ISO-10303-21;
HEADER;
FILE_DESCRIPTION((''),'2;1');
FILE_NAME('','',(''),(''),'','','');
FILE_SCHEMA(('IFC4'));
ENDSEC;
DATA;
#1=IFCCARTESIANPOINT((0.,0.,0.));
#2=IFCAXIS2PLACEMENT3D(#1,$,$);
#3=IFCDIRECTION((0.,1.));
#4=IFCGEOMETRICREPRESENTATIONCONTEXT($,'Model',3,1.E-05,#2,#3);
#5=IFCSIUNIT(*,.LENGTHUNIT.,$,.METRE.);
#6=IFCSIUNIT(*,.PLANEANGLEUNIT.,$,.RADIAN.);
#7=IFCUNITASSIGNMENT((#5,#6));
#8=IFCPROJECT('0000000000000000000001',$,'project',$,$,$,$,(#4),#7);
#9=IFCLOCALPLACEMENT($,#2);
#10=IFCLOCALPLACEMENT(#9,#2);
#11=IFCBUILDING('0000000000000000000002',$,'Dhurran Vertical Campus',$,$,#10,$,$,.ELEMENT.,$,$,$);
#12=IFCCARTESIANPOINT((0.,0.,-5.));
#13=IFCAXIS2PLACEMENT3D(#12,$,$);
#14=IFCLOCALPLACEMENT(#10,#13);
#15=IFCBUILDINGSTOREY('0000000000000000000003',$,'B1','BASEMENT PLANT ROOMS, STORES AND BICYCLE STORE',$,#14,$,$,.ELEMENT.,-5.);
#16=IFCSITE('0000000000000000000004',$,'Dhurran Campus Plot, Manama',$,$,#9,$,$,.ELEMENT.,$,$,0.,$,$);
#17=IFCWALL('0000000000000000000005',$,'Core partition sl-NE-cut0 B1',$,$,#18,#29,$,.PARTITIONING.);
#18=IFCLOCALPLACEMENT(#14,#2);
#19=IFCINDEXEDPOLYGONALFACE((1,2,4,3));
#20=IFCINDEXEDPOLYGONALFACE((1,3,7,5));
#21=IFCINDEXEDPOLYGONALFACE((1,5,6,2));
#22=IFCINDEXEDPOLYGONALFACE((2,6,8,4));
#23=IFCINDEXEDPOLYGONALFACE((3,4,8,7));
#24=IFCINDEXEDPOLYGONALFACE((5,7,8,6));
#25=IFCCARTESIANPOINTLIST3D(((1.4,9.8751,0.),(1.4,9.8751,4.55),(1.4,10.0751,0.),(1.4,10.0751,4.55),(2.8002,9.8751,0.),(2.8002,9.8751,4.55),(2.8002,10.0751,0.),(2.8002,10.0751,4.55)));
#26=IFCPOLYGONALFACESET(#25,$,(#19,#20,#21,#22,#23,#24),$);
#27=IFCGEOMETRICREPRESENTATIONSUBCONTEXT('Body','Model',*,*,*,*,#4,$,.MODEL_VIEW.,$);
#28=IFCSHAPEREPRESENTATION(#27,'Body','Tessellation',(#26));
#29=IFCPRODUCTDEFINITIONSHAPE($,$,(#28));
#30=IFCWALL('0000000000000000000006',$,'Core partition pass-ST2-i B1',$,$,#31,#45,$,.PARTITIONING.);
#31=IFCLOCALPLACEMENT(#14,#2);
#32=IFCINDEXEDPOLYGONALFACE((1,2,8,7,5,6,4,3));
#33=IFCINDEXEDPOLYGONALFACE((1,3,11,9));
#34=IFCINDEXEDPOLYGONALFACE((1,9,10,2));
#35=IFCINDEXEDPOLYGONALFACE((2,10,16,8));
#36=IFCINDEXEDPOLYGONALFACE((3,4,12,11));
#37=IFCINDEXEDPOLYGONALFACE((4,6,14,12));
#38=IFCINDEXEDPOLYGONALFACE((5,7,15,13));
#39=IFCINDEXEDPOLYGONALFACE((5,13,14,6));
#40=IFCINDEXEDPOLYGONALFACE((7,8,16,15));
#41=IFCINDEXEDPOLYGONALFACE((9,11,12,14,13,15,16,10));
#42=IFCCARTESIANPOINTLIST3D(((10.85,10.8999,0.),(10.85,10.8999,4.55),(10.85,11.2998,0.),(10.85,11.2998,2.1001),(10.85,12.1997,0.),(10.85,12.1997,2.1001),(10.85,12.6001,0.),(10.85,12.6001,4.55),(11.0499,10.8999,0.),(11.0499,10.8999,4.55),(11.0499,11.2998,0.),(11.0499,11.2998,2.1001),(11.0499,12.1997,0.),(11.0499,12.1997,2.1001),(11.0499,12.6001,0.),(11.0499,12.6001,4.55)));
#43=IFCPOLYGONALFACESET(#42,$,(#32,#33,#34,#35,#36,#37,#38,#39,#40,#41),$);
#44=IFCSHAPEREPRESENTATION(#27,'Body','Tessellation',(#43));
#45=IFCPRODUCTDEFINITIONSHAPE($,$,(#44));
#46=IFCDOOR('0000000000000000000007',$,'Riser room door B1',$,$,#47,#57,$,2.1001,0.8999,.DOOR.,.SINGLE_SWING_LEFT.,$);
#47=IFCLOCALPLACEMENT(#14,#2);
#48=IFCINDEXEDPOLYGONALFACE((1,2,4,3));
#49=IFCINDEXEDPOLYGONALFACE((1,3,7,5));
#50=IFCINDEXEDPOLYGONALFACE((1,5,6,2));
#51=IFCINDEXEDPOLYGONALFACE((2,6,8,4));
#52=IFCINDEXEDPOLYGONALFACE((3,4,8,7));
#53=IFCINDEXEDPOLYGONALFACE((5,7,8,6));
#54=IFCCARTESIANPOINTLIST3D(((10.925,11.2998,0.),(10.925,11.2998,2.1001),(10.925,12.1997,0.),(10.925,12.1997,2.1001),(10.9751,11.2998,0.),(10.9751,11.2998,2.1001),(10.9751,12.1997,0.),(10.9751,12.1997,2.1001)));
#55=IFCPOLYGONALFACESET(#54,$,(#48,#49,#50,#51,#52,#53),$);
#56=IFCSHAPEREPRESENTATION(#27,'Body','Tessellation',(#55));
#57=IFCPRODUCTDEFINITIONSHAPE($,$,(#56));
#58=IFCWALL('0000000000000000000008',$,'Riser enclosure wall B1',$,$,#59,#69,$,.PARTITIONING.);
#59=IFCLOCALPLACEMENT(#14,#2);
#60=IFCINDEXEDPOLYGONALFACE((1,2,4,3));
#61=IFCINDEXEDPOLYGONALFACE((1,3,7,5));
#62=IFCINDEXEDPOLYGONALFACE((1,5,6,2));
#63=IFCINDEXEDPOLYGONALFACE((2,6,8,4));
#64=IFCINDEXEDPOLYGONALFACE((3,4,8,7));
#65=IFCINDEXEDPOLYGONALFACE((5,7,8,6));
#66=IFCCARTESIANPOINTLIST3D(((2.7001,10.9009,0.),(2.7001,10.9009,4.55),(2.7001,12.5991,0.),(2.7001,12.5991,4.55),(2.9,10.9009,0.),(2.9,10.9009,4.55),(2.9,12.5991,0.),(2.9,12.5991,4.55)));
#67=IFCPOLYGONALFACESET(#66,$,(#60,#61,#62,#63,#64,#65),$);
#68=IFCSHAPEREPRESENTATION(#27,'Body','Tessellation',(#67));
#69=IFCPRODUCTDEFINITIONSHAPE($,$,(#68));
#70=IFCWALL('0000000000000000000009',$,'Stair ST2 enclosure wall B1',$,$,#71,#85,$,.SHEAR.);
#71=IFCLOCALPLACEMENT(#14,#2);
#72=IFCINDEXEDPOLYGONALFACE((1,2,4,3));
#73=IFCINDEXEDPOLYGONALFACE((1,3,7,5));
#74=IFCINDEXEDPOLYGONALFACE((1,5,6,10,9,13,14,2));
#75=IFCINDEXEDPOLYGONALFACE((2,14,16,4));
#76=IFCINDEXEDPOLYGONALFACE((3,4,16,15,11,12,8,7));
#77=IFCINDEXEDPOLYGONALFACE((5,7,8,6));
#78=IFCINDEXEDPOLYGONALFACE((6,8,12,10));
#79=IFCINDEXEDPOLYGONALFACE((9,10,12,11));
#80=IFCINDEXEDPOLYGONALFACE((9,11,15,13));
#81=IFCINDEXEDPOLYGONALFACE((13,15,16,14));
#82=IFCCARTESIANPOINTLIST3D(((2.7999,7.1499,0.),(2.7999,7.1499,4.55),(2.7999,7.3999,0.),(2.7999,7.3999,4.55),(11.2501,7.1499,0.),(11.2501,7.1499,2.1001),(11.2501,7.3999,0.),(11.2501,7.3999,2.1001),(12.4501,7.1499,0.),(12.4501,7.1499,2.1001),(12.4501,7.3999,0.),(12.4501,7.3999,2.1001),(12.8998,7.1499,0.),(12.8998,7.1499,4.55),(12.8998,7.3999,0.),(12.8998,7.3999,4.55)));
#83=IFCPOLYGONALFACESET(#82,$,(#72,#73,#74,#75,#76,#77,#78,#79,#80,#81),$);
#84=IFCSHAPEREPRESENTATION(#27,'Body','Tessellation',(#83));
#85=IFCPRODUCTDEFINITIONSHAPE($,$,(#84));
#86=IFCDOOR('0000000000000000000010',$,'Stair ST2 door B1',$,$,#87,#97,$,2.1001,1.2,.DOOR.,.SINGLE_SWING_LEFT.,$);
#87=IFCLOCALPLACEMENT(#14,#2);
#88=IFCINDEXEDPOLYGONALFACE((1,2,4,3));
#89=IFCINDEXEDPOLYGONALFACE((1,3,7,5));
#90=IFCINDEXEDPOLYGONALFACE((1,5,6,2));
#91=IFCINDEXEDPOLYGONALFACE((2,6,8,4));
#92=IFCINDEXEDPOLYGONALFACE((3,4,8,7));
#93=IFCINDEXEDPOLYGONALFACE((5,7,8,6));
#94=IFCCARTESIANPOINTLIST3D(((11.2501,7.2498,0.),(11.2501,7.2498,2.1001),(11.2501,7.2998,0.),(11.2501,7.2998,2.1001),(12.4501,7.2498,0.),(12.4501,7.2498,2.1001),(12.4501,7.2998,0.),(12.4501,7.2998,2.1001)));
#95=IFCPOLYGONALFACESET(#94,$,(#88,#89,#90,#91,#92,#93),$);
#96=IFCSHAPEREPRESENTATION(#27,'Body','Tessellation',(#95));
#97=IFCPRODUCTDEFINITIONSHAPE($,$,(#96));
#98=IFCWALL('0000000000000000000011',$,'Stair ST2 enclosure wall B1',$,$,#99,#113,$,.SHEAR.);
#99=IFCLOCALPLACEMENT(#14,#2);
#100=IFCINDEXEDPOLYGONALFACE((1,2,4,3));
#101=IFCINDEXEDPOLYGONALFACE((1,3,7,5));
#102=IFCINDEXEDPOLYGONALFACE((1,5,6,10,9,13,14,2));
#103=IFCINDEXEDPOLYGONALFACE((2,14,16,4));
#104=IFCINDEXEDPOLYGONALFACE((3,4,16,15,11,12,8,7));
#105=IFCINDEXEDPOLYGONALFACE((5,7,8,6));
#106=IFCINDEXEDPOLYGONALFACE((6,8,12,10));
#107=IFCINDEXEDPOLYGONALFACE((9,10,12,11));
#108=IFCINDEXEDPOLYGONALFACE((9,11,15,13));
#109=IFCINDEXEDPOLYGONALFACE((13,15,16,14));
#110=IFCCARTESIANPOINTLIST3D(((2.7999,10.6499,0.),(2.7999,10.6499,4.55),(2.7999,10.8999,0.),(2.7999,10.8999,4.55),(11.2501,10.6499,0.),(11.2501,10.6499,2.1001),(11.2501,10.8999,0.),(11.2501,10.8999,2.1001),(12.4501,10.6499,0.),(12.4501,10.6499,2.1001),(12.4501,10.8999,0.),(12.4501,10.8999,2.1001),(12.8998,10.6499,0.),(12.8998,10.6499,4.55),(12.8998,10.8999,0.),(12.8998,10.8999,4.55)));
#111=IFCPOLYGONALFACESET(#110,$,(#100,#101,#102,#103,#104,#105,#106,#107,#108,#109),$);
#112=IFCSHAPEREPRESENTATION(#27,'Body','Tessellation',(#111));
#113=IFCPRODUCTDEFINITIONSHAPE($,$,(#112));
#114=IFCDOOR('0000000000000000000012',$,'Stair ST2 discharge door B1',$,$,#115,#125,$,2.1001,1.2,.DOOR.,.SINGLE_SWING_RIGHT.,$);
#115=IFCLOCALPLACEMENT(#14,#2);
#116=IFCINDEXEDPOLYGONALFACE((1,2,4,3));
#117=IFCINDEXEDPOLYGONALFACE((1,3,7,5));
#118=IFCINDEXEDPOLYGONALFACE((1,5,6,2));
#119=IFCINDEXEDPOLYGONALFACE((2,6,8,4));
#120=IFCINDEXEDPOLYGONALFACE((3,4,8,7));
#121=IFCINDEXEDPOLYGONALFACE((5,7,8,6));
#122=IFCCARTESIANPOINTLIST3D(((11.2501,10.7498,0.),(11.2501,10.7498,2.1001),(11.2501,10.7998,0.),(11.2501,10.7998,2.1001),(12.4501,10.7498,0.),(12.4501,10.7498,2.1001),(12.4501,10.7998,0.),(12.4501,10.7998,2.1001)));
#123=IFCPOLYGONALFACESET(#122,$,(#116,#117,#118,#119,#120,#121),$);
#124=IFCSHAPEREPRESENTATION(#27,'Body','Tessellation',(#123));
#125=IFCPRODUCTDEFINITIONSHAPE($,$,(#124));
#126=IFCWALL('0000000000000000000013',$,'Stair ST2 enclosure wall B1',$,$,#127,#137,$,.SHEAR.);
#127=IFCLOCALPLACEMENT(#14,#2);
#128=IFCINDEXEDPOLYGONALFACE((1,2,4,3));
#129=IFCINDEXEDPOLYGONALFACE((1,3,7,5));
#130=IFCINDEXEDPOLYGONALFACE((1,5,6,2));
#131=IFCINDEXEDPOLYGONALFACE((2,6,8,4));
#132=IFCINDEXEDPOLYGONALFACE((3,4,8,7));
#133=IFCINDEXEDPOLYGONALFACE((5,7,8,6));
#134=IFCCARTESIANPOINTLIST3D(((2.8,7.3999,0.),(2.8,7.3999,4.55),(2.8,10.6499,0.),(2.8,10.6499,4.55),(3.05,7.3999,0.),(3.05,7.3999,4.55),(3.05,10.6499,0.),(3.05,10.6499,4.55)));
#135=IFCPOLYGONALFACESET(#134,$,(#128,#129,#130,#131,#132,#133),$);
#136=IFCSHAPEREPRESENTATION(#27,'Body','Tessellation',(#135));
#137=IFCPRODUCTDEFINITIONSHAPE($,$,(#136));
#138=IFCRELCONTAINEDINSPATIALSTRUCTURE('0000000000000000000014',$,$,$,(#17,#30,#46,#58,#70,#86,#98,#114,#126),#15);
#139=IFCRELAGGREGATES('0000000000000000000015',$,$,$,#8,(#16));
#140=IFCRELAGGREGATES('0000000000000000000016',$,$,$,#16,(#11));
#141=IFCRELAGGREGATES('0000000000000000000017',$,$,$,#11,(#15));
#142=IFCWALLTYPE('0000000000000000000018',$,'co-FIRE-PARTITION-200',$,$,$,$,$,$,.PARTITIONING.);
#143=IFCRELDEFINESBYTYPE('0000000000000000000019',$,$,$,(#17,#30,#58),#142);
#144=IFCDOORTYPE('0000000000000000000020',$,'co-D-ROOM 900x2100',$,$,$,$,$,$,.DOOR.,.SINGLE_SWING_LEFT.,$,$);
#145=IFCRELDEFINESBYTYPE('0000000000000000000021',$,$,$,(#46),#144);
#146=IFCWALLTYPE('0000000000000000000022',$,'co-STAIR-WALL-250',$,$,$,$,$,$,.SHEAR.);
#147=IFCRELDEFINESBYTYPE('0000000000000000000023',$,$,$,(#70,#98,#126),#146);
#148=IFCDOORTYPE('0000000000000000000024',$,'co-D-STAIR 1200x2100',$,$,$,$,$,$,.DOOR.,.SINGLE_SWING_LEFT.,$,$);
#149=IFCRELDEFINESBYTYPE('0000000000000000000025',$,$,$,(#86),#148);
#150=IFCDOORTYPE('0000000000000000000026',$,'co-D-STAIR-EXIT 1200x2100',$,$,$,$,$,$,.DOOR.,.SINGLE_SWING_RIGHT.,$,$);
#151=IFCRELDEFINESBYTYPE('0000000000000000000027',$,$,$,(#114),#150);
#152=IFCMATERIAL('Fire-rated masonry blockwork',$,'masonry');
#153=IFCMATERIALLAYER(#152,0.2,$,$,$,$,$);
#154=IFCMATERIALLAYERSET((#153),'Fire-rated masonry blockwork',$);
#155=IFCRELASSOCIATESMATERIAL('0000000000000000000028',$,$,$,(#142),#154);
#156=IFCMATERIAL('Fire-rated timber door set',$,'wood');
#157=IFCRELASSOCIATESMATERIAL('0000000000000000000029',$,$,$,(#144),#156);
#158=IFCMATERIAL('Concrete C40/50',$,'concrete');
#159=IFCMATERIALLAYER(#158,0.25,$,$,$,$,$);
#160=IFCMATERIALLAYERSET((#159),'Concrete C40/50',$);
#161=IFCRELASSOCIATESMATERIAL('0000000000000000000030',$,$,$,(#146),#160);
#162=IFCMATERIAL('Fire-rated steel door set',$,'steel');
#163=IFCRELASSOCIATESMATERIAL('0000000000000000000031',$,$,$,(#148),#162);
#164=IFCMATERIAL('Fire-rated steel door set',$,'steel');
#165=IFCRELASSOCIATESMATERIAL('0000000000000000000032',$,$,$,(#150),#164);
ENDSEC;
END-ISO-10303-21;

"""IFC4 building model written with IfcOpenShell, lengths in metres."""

from ifc_helpers import new_model, si_unit, direction, frame, frame_2d, origin, place, context, subcontext, project, spatial, rectangle, extrude, material, layer, layer_set, type_object, element, fill, save


model = new_model("IFC4")

# Units and contexts
model_context = context("Model", 3, precision=1e-05, world=origin(), true_north=direction((0.0, 1.0)))
body_context = subcontext(model_context, "Body", "Model", "MODEL_VIEW")
ifc_project = project(units=[si_unit("LENGTHUNIT", "METRE"), si_unit("PLANEANGLEUNIT", "RADIAN")], contexts=[model_context])

# Site, building, storey
site_placement = place(None, origin())
site = spatial("IfcSite", under=ifc_project, at=site_placement, Name="Dhurran Campus Plot, Manama", CompositionType="ELEMENT", RefElevation=0.0)
building_placement = place(site_placement, origin())
building = spatial("IfcBuilding", under=site, at=building_placement, Name="Dhurran Vertical Campus", CompositionType="ELEMENT")
storey_placement = place(building_placement, frame((0.0, 0.0, -5.0)))
storey = spatial("IfcBuildingStorey", under=building, at=storey_placement, Name="B1", Description="BASEMENT PLANT ROOMS, STORES AND BICYCLE STORE", CompositionType="ELEMENT", Elevation=-5.0)

# Wall
ifc_material_1 = material(Name="Fire-rated masonry blockwork", Category="masonry")
ifc_layer_1 = layer(ifc_material_1, 0.2)
ifc_layer_set_1 = layer_set([ifc_layer_1], Name="Fire-rated masonry blockwork")
wall_type_1 = type_object("IfcWallType", Name="co-FIRE-PARTITION-200", PredefinedType="PARTITIONING", material=ifc_layer_set_1)
for number, where, z_axis, x_axis, name in (
    (1, (1.3999, 9.9751, 0.0), (0.0, 0.0, 1.0), (1.0, 0.0, 0.0), "Core partition sl-NE-cut0 B1"),
):
    element("IfcWall", number, at=place(storey_placement, frame(where, z_axis=z_axis, x_axis=x_axis)), inside=storey, type_object=wall_type_1, Name=name, PredefinedType="PARTITIONING", context=body_context, shape_type="SweptSolid", body=[
        extrude(rectangle(XDim=1.4001, YDim=0.2, at=frame_2d((0.7002, 0.0))), origin(), (0.0, 0.0, 1.0), 4.55),
    ])

# Wall, opening, door
wall_1_placement = place(storey_placement, frame((10.95, 10.8999, 0.0), z_axis=(0.0, 0.0, 1.0), x_axis=(0.0, 1.0, 0.0)))
wall_1 = element("IfcWall", 2, at=wall_1_placement, inside=storey, type_object=wall_type_1, Name="Core partition pass-ST2-i B1", PredefinedType="PARTITIONING", context=body_context, shape_type="SweptSolid", body=[
    extrude(rectangle(XDim=1.7002, YDim=0.2, at=frame_2d((0.8501, 0.0))), origin(), (0.0, 0.0, 1.0), 4.55),
])
opening_1_placement = place(wall_1_placement, frame((0.3999, 0.0, 0.0)))
opening_1 = element("IfcOpeningElement", 3, at=opening_1_placement, cuts=wall_1, PredefinedType="OPENING", context=body_context, shape_type="SweptSolid", body=[
    extrude(rectangle(XDim=0.8999, YDim=2.1001, at=frame_2d((0.45, 1.05))), frame((0.0, 0.1099, 0.0), z_axis=(0.0, -1.0, 0.0), x_axis=(1.0, 0.0, 0.0)), (0.0, 0.0, 1.0), 0.22),
])
ifc_material_2 = material(Name="Fire-rated timber door set", Category="wood")
door_type_1 = type_object("IfcDoorType", Name="co-D-ROOM 900x2100", OperationType="SINGLE_SWING_LEFT", PredefinedType="DOOR", material=ifc_material_2)
door_1_placement = place(opening_1_placement, origin())
door_1 = element("IfcDoor", 4, at=door_1_placement, inside=storey, type_object=door_type_1, Name="Riser room door B1", OperationType="SINGLE_SWING_LEFT", OverallHeight=2.1001, OverallWidth=0.8999, PredefinedType="DOOR", context=body_context, shape_type="SweptSolid", body=[
    extrude(rectangle(XDim=0.8999, YDim=2.1001, at=frame_2d((0.45, 1.05))), frame((0.0, 0.0249, 0.0), z_axis=(0.0, -1.0, 0.0), x_axis=(1.0, 0.0, 0.0)), (0.0, 0.0, 1.0), 0.05),
])
fill(opening_1, door_1)

# Wall
wall_2_placement = place(storey_placement, frame((2.8, 10.9009, 0.0), z_axis=(0.0, 0.0, 1.0), x_axis=(0.0, 1.0, 0.0)))
element("IfcWall", 5, at=wall_2_placement, inside=storey, type_object=wall_type_1, Name="Riser enclosure wall B1", PredefinedType="PARTITIONING", context=body_context, shape_type="SweptSolid", body=[
    extrude(rectangle(XDim=1.6982, YDim=0.2, at=frame_2d((0.8491, 0.0))), origin(), (0.0, 0.0, 1.0), 4.55),
])

# Walls, openings, doors
ifc_material_3 = material(Name="Concrete C40/50", Category="concrete")
ifc_layer_2 = layer(ifc_material_3, 0.25)
ifc_layer_set_2 = layer_set([ifc_layer_2], Name="Concrete C40/50")
wall_type_2 = type_object("IfcWallType", Name="co-STAIR-WALL-250", PredefinedType="SHEAR", material=ifc_layer_set_2)
wall_3_placement = place(storey_placement, frame((2.8, 7.2749, 0.0), z_axis=(0.0, 0.0, 1.0), x_axis=(1.0, 0.0, 0.0)))
wall_3 = element("IfcWall", 6, at=wall_3_placement, inside=storey, type_object=wall_type_2, Name="Stair ST2 enclosure wall B1", PredefinedType="SHEAR", context=body_context, shape_type="SweptSolid", body=[
    extrude(rectangle(XDim=10.0999, YDim=0.25, at=frame_2d((5.0498, 0.0))), origin(), (0.0, 0.0, 1.0), 4.55),
])
opening_2_placement = place(wall_3_placement, frame((8.45, 0.0, 0.0)))
opening_2 = element("IfcOpeningElement", 7, at=opening_2_placement, cuts=wall_3, PredefinedType="OPENING", context=body_context, shape_type="SweptSolid", body=[
    extrude(rectangle(XDim=1.2, YDim=2.1001, at=frame_2d((0.6001, 1.05))), frame((0.0, 0.135, 0.0), z_axis=(0.0, -1.0, 0.0), x_axis=(1.0, 0.0, 0.0)), (0.0, 0.0, 1.0), 0.27),
])
ifc_material_4 = material(Name="Fire-rated steel door set", Category="steel")
door_type_2 = type_object("IfcDoorType", Name="co-D-STAIR 1200x2100", OperationType="SINGLE_SWING_LEFT", PredefinedType="DOOR", material=ifc_material_4)
door_2_placement = place(opening_2_placement, origin())
door_2 = element("IfcDoor", 8, at=door_2_placement, inside=storey, type_object=door_type_2, Name="Stair ST2 door B1", OperationType="SINGLE_SWING_LEFT", OverallHeight=2.1001, OverallWidth=1.2, PredefinedType="DOOR", context=body_context, shape_type="SweptSolid", body=[
    extrude(rectangle(XDim=1.2, YDim=2.1001, at=frame_2d((0.6001, 1.05))), frame((0.0, 0.0249, 0.0), z_axis=(0.0, -1.0, 0.0), x_axis=(1.0, 0.0, 0.0)), (0.0, 0.0, 1.0), 0.05),
])
fill(opening_2, door_2)
wall_4_placement = place(storey_placement, frame((2.8, 10.7749, 0.0), z_axis=(0.0, 0.0, 1.0), x_axis=(1.0, 0.0, 0.0)))
wall_4 = element("IfcWall", 9, at=wall_4_placement, inside=storey, type_object=wall_type_2, Name="Stair ST2 enclosure wall B1", PredefinedType="SHEAR", context=body_context, shape_type="SweptSolid", body=[
    extrude(rectangle(XDim=10.0999, YDim=0.25, at=frame_2d((5.0498, 0.0))), origin(), (0.0, 0.0, 1.0), 4.55),
])
opening_3_placement = place(wall_4_placement, frame((8.45, 0.0, 0.0)))
opening_3 = element("IfcOpeningElement", 10, at=opening_3_placement, cuts=wall_4, PredefinedType="OPENING", context=body_context, shape_type="SweptSolid", body=[
    extrude(rectangle(XDim=1.2, YDim=2.1001, at=frame_2d((0.6001, 1.05))), frame((0.0, 0.135, 0.0), z_axis=(0.0, -1.0, 0.0), x_axis=(1.0, 0.0, 0.0)), (0.0, 0.0, 1.0), 0.27),
])
ifc_material_5 = material(Name="Fire-rated steel door set", Category="steel")
door_type_3 = type_object("IfcDoorType", Name="co-D-STAIR-EXIT 1200x2100", OperationType="SINGLE_SWING_RIGHT", PredefinedType="DOOR", material=ifc_material_5)
door_3_placement = place(opening_3_placement, origin())
door_3 = element("IfcDoor", 11, at=door_3_placement, inside=storey, type_object=door_type_3, Name="Stair ST2 discharge door B1", OperationType="SINGLE_SWING_RIGHT", OverallHeight=2.1001, OverallWidth=1.2, PredefinedType="DOOR", context=body_context, shape_type="SweptSolid", body=[
    extrude(rectangle(XDim=1.2, YDim=2.1001, at=frame_2d((0.6001, 1.05))), frame((0.0, 0.0249, 0.0), z_axis=(0.0, -1.0, 0.0), x_axis=(1.0, 0.0, 0.0)), (0.0, 0.0, 1.0), 0.05),
])
fill(opening_3, door_3)

# Wall
wall_5_placement = place(storey_placement, frame((2.925, 7.3999, 0.0), z_axis=(0.0, 0.0, 1.0), x_axis=(0.0, 1.0, 0.0)))
element("IfcWall", 12, at=wall_5_placement, inside=storey, type_object=wall_type_2, Name="Stair ST2 enclosure wall B1", PredefinedType="SHEAR", context=body_context, shape_type="SweptSolid", body=[
    extrude(rectangle(XDim=3.25, YDim=0.25, at=frame_2d((1.625, 0.0))), origin(), (0.0, 0.0, 1.0), 4.55),
])

save(model, "model.ifc")
